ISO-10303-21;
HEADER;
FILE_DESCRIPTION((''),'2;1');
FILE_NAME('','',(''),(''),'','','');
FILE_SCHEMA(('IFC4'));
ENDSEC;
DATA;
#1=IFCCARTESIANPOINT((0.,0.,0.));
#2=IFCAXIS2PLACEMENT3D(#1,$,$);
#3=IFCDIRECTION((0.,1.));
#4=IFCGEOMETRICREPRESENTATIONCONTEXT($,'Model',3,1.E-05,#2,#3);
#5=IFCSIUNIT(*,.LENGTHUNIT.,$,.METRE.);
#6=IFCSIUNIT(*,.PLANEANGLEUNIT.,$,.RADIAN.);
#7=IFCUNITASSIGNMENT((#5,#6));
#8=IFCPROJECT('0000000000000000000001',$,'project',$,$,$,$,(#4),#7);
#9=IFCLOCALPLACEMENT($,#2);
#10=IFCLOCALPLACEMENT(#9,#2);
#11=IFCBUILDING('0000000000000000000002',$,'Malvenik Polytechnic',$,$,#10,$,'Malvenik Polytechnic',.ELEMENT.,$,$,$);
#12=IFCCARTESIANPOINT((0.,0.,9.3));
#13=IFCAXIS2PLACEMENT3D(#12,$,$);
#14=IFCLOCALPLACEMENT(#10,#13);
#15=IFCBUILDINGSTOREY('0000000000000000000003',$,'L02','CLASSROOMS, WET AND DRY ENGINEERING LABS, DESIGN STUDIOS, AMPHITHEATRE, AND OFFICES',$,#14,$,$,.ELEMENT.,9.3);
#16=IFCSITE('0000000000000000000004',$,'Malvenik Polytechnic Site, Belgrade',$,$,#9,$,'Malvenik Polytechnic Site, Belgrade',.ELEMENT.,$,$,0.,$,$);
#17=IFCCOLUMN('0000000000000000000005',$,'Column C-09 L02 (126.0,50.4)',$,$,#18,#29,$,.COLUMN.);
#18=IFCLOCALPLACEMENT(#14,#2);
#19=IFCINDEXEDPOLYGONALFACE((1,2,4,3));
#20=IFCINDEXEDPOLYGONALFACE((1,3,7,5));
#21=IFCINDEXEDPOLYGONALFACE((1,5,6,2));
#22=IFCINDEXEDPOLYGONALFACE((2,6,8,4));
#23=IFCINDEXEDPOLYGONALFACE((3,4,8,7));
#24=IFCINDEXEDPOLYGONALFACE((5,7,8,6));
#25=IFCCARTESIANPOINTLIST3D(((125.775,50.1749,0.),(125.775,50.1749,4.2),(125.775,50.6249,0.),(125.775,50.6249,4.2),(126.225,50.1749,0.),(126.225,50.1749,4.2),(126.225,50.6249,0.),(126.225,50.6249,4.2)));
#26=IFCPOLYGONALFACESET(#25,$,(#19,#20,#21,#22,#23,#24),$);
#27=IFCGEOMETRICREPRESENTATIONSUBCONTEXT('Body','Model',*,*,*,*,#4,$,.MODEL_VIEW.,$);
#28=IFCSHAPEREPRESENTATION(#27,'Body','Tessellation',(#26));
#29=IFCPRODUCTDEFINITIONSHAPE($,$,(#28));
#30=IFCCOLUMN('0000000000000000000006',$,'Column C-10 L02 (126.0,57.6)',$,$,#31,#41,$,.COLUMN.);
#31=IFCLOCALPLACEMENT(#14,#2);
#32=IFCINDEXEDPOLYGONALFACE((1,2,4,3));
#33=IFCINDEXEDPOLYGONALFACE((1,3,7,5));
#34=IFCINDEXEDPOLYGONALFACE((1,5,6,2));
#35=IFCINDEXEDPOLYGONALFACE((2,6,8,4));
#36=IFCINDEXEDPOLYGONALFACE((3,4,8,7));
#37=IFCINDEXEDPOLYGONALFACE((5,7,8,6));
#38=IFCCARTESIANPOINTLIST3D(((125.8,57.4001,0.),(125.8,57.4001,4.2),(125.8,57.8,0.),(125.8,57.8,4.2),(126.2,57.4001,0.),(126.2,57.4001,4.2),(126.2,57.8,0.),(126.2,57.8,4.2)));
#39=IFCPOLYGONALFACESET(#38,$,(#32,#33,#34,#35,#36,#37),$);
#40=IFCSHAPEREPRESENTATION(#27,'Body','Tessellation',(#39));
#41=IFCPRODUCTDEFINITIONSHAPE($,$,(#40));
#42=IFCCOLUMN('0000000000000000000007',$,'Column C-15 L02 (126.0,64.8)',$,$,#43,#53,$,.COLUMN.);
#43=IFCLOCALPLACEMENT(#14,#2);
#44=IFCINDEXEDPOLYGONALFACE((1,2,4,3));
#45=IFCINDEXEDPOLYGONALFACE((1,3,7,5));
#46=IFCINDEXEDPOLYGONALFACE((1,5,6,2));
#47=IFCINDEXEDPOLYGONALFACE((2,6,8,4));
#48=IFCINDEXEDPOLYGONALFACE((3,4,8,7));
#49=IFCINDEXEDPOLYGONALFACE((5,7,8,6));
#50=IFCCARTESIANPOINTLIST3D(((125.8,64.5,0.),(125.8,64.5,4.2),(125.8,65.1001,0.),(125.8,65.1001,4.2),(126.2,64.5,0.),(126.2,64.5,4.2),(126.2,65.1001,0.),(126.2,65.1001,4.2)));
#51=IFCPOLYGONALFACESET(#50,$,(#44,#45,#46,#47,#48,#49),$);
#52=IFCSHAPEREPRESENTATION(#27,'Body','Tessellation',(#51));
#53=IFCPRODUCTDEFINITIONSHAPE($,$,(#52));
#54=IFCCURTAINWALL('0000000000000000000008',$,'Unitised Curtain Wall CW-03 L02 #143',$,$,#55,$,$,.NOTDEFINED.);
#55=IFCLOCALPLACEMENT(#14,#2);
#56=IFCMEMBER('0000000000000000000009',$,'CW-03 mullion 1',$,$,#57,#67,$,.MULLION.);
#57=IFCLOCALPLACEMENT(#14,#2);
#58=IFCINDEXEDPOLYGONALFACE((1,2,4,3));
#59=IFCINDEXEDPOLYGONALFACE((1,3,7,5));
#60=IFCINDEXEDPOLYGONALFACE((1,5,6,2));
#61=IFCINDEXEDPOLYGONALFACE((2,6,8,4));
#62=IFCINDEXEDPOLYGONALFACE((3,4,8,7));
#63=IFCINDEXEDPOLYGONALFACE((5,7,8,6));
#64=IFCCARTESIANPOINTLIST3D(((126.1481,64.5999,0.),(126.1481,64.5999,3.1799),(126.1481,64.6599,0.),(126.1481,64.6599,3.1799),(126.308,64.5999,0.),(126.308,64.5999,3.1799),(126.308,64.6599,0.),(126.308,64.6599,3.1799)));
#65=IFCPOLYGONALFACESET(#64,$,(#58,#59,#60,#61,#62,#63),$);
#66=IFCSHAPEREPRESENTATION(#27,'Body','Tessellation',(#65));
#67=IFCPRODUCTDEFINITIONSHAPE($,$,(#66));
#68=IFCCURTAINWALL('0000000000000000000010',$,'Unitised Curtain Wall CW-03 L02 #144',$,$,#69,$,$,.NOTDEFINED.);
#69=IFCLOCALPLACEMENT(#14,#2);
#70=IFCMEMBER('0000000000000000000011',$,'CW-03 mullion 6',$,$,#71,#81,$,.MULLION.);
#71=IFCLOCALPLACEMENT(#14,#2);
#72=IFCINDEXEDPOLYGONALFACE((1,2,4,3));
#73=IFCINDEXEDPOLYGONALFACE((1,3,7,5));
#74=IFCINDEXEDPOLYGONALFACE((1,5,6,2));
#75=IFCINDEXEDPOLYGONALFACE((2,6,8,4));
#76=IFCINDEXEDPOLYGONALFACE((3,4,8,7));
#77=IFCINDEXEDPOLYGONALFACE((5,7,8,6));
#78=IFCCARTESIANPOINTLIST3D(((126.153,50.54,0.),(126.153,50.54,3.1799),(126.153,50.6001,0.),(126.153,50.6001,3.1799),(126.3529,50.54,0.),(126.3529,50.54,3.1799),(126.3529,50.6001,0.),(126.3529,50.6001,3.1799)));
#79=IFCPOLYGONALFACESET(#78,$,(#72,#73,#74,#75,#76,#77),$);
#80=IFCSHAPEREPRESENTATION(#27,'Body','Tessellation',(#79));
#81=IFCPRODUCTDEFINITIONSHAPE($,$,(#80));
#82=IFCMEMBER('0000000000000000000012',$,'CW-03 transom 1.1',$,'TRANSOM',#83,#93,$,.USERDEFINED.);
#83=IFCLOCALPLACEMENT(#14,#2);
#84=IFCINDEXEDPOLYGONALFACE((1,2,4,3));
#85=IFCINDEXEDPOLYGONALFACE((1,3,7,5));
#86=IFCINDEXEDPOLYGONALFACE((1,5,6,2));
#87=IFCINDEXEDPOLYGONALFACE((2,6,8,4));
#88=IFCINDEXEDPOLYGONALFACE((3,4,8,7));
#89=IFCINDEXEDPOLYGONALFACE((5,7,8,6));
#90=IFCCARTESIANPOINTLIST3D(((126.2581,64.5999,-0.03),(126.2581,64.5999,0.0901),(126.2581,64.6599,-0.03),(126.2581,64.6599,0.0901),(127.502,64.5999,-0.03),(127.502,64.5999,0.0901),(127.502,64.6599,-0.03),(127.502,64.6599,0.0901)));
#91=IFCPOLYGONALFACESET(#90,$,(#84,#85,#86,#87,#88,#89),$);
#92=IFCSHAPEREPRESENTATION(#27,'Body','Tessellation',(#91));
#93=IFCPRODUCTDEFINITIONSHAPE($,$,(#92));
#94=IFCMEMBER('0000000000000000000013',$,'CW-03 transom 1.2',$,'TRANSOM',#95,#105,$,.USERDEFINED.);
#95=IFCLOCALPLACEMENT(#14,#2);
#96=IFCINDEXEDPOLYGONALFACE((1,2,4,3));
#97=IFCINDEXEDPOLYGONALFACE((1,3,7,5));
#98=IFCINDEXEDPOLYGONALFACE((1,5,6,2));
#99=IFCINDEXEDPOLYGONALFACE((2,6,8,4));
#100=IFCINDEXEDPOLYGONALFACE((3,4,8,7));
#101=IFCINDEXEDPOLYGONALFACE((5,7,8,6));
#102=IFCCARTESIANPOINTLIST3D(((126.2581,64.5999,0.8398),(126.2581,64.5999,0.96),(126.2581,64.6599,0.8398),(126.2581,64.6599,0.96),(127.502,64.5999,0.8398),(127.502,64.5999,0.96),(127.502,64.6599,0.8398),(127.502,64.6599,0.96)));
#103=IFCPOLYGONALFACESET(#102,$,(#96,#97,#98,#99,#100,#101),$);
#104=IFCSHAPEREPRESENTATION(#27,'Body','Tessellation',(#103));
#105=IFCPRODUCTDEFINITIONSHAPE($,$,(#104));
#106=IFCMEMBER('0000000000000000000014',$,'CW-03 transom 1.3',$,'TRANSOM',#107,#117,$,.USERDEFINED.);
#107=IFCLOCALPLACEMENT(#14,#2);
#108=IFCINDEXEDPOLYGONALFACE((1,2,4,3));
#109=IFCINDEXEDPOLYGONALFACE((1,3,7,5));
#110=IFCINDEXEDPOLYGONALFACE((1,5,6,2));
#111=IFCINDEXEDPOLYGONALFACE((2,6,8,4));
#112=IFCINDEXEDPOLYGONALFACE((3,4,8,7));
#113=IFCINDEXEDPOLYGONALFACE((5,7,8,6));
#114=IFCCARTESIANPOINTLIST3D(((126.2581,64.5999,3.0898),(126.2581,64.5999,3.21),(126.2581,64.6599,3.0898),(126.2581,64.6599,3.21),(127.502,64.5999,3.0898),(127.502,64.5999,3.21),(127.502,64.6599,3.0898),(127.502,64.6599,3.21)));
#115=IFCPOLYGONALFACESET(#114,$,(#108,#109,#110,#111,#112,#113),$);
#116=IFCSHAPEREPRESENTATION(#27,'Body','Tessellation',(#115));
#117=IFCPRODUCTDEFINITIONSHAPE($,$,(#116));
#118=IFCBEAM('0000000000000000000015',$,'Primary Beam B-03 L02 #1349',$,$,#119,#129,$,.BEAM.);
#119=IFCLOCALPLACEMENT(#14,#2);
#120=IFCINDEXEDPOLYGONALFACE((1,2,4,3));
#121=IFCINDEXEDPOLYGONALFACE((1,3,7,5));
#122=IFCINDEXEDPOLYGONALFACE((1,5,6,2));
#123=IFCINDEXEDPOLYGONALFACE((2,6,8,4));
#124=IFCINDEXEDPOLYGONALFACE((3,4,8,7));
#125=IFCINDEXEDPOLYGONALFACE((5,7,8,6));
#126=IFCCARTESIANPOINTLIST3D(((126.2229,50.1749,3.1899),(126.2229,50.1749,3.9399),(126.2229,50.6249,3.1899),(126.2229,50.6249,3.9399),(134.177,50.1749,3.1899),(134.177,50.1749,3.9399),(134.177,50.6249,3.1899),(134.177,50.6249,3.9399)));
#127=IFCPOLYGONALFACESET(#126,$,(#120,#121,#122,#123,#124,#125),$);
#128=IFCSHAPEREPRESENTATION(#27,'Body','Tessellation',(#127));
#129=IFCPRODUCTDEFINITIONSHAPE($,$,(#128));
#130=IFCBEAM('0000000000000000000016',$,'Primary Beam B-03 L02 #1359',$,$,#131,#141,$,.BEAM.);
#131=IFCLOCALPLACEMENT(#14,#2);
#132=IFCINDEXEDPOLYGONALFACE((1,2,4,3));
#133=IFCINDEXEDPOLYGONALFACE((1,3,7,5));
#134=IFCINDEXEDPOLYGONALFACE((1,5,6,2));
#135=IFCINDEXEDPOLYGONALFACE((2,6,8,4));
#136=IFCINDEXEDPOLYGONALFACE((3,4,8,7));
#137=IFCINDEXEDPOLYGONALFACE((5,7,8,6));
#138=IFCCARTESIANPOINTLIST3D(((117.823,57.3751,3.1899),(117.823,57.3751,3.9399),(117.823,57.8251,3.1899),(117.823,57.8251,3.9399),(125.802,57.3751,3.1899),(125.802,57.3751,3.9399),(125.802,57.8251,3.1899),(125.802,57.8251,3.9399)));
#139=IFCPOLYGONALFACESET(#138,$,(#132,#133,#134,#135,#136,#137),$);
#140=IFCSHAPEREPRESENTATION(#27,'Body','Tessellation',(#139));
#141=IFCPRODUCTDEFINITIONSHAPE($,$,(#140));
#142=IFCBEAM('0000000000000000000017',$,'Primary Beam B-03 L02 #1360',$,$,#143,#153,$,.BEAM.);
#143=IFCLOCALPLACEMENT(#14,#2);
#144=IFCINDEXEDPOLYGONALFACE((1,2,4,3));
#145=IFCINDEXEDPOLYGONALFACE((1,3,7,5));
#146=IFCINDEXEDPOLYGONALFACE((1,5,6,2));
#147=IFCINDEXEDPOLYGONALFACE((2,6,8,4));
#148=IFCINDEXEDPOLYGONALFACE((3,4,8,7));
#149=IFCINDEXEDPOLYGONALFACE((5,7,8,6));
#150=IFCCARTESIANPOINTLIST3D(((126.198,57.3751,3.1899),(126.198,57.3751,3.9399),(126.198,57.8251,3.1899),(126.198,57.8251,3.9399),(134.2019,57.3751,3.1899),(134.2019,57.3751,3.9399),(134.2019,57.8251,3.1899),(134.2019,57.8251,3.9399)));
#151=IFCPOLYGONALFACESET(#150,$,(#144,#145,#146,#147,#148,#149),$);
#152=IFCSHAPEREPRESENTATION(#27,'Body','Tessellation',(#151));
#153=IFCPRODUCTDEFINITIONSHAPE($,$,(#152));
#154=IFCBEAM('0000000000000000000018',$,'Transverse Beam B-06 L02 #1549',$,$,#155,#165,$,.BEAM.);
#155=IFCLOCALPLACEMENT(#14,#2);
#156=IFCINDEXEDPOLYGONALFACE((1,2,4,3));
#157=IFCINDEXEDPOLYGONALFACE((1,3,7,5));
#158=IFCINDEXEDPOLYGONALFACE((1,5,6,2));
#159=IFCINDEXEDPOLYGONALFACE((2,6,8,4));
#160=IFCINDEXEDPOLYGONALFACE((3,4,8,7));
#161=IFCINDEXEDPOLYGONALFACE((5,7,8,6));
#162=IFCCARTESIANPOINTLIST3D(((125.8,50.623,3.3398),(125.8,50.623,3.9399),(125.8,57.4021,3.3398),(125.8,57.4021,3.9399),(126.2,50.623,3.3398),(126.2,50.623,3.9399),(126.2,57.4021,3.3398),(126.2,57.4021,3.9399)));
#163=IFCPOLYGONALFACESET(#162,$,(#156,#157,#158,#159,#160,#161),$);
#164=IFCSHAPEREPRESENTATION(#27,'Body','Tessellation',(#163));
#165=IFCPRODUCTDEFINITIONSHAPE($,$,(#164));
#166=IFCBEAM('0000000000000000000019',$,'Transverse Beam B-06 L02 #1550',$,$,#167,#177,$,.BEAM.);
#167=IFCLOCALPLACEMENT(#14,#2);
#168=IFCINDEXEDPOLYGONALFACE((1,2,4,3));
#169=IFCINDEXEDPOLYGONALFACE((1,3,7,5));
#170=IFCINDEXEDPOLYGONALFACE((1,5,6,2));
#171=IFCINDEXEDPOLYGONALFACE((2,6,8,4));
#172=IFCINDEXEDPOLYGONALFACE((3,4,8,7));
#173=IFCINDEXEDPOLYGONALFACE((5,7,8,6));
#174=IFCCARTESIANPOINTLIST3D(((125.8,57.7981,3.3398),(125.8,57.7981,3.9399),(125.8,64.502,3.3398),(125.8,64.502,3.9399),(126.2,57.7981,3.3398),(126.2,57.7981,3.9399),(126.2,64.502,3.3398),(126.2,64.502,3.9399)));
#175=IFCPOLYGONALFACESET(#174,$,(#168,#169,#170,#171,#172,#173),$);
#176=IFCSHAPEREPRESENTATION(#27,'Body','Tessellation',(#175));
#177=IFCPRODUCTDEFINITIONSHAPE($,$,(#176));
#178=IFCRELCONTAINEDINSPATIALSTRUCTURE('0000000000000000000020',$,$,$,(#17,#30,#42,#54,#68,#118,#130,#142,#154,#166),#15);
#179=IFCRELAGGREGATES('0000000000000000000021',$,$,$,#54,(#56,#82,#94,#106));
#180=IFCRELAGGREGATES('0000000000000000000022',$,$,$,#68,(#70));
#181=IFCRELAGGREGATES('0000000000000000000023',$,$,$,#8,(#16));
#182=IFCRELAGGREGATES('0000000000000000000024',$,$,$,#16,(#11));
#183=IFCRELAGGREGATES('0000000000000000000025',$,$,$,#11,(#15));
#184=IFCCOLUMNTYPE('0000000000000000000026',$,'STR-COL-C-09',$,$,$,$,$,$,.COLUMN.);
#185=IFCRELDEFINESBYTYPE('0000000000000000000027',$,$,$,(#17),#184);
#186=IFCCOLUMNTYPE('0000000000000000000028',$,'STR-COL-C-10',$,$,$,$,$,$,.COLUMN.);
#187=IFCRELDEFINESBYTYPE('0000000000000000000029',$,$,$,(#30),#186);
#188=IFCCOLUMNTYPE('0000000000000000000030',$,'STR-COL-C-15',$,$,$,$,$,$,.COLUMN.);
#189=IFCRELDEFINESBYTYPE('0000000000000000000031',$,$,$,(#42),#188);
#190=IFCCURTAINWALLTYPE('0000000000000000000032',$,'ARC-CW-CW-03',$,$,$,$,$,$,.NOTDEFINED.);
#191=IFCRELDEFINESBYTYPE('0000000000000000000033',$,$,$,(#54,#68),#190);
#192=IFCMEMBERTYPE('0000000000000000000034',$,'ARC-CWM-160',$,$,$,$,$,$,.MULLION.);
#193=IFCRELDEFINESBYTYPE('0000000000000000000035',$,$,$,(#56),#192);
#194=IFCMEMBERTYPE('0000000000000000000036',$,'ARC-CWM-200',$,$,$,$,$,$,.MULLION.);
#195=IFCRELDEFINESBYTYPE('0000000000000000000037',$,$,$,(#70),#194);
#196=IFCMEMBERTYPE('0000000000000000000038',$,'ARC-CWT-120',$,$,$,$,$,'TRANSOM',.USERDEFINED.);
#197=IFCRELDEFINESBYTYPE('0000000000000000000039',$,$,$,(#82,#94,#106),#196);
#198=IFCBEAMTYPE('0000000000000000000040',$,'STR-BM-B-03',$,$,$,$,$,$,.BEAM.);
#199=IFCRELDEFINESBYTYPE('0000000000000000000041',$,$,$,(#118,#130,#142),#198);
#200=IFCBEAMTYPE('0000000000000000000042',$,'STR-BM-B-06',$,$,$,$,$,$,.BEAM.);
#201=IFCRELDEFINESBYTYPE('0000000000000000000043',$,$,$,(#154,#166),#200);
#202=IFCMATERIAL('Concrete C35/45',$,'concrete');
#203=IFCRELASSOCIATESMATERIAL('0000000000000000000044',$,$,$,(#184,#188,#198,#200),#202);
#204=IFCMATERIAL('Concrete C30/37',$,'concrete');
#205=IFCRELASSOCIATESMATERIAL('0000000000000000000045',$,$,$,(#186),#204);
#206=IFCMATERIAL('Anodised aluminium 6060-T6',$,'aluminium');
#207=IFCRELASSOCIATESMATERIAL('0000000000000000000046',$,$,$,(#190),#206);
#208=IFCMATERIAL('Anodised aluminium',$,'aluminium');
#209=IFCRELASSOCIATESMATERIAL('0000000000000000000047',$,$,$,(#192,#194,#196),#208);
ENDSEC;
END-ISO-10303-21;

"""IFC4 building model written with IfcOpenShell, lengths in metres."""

from ifc_helpers import new_model, si_unit, direction, frame, origin, origin_2d, place, context, subcontext, project, spatial, rectangle, extrude, material, material_profile, profile_set, type_object, element, aggregate, save


model = new_model("IFC4")

# Units and contexts
model_context = context("Model", 3, precision=1e-05, world=origin(), true_north=direction((0.0, 1.0)))
body_context = subcontext(model_context, "Body", "Model", "MODEL_VIEW")
ifc_project = project(units=[si_unit("LENGTHUNIT", "METRE"), si_unit("PLANEANGLEUNIT", "RADIAN")], contexts=[model_context])

# Site, building, storey
site_placement = place(None, origin())
site = spatial("IfcSite", under=ifc_project, at=site_placement, Name="Malvenik Polytechnic Site, Belgrade", LongName="Malvenik Polytechnic Site, Belgrade", CompositionType="ELEMENT", RefElevation=0.0)
building_placement = place(site_placement, origin())
building = spatial("IfcBuilding", under=site, at=building_placement, Name="Malvenik Polytechnic", LongName="Malvenik Polytechnic", CompositionType="ELEMENT")
storey_placement = place(building_placement, frame((0.0, 0.0, 9.3)))
storey = spatial("IfcBuildingStorey", under=building, at=storey_placement, Name="L02", Description="CLASSROOMS, WET AND DRY ENGINEERING LABS, DESIGN STUDIOS, AMPHITHEATRE, AND OFFICES", CompositionType="ELEMENT", Elevation=9.3)

# Columns
ifc_material_1 = material(Name="Concrete C35/45", Category="concrete")
ifc_material_profile_1 = material_profile(ifc_material_1, rectangle(XDim=0.45, YDim=0.45, at=origin_2d()), Name="RC COL 450x450")
ifc_profile_set_1 = profile_set([ifc_material_profile_1], Name="Concrete C35/45")
column_type_1 = type_object("IfcColumnType", Name="STR-COL-C-09", PredefinedType="COLUMN", material=ifc_profile_set_1)
column_1_placement = place(storey_placement, frame((126.0, 50.3999, 0.0), z_axis=(0.0, 0.0, 1.0), x_axis=(1.0, 0.0, 0.0)))
element("IfcColumn", 1, at=column_1_placement, inside=storey, type_object=column_type_1, Name="Column C-09 L02 (126.0,50.4)", PredefinedType="COLUMN", context=body_context, shape_type="SweptSolid", body=[
    extrude(rectangle(XDim=0.45, YDim=0.45, at=origin_2d()), origin(), (0.0, 0.0, 1.0), 4.2),
])
ifc_material_2 = material(Name="Concrete C30/37", Category="concrete")
ifc_material_profile_2 = material_profile(ifc_material_2, rectangle(XDim=0.3999, YDim=0.3999, at=origin_2d()), Name="RC COL 400x400")
ifc_profile_set_2 = profile_set([ifc_material_profile_2], Name="Concrete C30/37")
column_type_2 = type_object("IfcColumnType", Name="STR-COL-C-10", PredefinedType="COLUMN", material=ifc_profile_set_2)
column_2_placement = place(storey_placement, frame((126.0, 57.6001, 0.0), z_axis=(0.0, 0.0, 1.0), x_axis=(1.0, 0.0, 0.0)))
element("IfcColumn", 2, at=column_2_placement, inside=storey, type_object=column_type_2, Name="Column C-10 L02 (126.0,57.6)", PredefinedType="COLUMN", context=body_context, shape_type="SweptSolid", body=[
    extrude(rectangle(XDim=0.3999, YDim=0.3999, at=origin_2d()), origin(), (0.0, 0.0, 1.0), 4.2),
])
ifc_material_profile_3 = material_profile(ifc_material_1, rectangle(XDim=0.3999, YDim=0.6001, at=origin_2d()), Name="RC COL 600x400")
ifc_profile_set_3 = profile_set([ifc_material_profile_3], Name="Concrete C35/45")
column_type_3 = type_object("IfcColumnType", Name="STR-COL-C-15", PredefinedType="COLUMN", material=ifc_profile_set_3)
column_3_placement = place(storey_placement, frame((126.0, 64.8, 0.0), z_axis=(0.0, 0.0, 1.0), x_axis=(1.0, 0.0, 0.0)))
element("IfcColumn", 3, at=column_3_placement, inside=storey, type_object=column_type_3, Name="Column C-15 L02 (126.0,64.8)", PredefinedType="COLUMN", context=body_context, shape_type="SweptSolid", body=[
    extrude(rectangle(XDim=0.3999, YDim=0.6001, at=origin_2d()), origin(), (0.0, 0.0, 1.0), 4.2),
])

# Curtain walls, members
ifc_material_3 = material(Name="Anodised aluminium 6060-T6", Category="aluminium")
curtain_wall_type = type_object("IfcCurtainWallType", Name="ARC-CW-CW-03", PredefinedType="NOTDEFINED", material=ifc_material_3)
curtain_wall_1_placement = place(storey_placement, origin())
curtain_wall_1 = element("IfcCurtainWall", 4, at=curtain_wall_1_placement, inside=storey, type_object=curtain_wall_type, Name="Unitised Curtain Wall CW-03 L02 #143", PredefinedType="NOTDEFINED")
ifc_material_4 = material(Name="Anodised aluminium", Category="aluminium")
ifc_material_profile_4 = material_profile(ifc_material_4, rectangle(XDim=0.0601, YDim=0.1599, at=origin_2d()), Name="ALU MULLION 60x160")
ifc_profile_set_4 = profile_set([ifc_material_profile_4], Name="Anodised aluminium")
member_type_1 = type_object("IfcMemberType", Name="ARC-CWM-160", PredefinedType="MULLION", material=ifc_profile_set_4)
member_1_placement = place(storey_placement, frame((126.228, 64.6299, 0.0), z_axis=(0.0, 0.0, 1.0), x_axis=(0.0, 1.0, 0.0)))
member_1 = element("IfcMember", 5, at=member_1_placement, type_object=member_type_1, Name="CW-03 mullion 1", PredefinedType="MULLION", context=body_context, shape_type="SweptSolid", body=[
    extrude(rectangle(XDim=0.0601, YDim=0.1599, at=origin_2d()), origin(), (0.0, 0.0, 1.0), 3.1799),
])
curtain_wall_2_placement = place(storey_placement, origin())
curtain_wall_2 = element("IfcCurtainWall", 6, at=curtain_wall_2_placement, inside=storey, type_object=curtain_wall_type, Name="Unitised Curtain Wall CW-03 L02 #144", PredefinedType="NOTDEFINED")
ifc_material_profile_5 = material_profile(ifc_material_4, rectangle(XDim=0.0601, YDim=0.2, at=origin_2d()), Name="ALU MULLION 60x200")
ifc_profile_set_5 = profile_set([ifc_material_profile_5], Name="Anodised aluminium")
member_type_2 = type_object("IfcMemberType", Name="ARC-CWM-200", PredefinedType="MULLION", material=ifc_profile_set_5)
member_2_placement = place(storey_placement, frame((126.2529, 50.5701, 0.0), z_axis=(0.0, 0.0, 1.0), x_axis=(0.0, -1.0, 0.0)))
member_2 = element("IfcMember", 7, at=member_2_placement, type_object=member_type_2, Name="CW-03 mullion 6", PredefinedType="MULLION", context=body_context, shape_type="SweptSolid", body=[
    extrude(rectangle(XDim=0.0601, YDim=0.2, at=origin_2d()), origin(), (0.0, 0.0, 1.0), 3.1799),
])

# Members
ifc_material_profile_6 = material_profile(ifc_material_4, rectangle(XDim=0.0601, YDim=0.1201, at=origin_2d()), Name="ALU TRANSOM 60x120")
ifc_profile_set_6 = profile_set([ifc_material_profile_6], Name="Anodised aluminium")
member_type_3 = type_object("IfcMemberType", Name="ARC-CWT-120", ElementType="TRANSOM", PredefinedType="USERDEFINED", material=ifc_profile_set_6)
member_3_placement = place(storey_placement, frame((126.2581, 64.6299, 0.03), z_axis=(1.0, 0.0, 0.0), x_axis=(0.0, 1.0, 0.0)))
member_3 = element("IfcMember", 8, at=member_3_placement, type_object=member_type_3, Name="CW-03 transom 1.1", ObjectType="TRANSOM", PredefinedType="USERDEFINED", context=body_context, shape_type="SweptSolid", body=[
    extrude(rectangle(XDim=0.0601, YDim=0.1201, at=origin_2d()), origin(), (0.0, 0.0, 1.0), 1.2439),
])
member_4_placement = place(storey_placement, frame((126.2581, 64.6299, 0.8999), z_axis=(1.0, 0.0, 0.0), x_axis=(0.0, 1.0, 0.0)))
member_4 = element("IfcMember", 9, at=member_4_placement, type_object=member_type_3, Name="CW-03 transom 1.2", ObjectType="TRANSOM", PredefinedType="USERDEFINED", context=body_context, shape_type="SweptSolid", body=[
    extrude(rectangle(XDim=0.0601, YDim=0.1201, at=origin_2d()), origin(), (0.0, 0.0, 1.0), 1.2439),
])
member_5_placement = place(storey_placement, frame((126.2581, 64.6299, 3.1499), z_axis=(1.0, 0.0, 0.0), x_axis=(0.0, 1.0, 0.0)))
member_5 = element("IfcMember", 10, at=member_5_placement, type_object=member_type_3, Name="CW-03 transom 1.3", ObjectType="TRANSOM", PredefinedType="USERDEFINED", context=body_context, shape_type="SweptSolid", body=[
    extrude(rectangle(XDim=0.0601, YDim=0.1201, at=origin_2d()), origin(), (0.0, 0.0, 1.0), 1.2439),
])

# Beams
ifc_material_profile_7 = material_profile(ifc_material_1, rectangle(XDim=0.45, YDim=0.75, at=origin_2d()), Name="RC BM 450x750")
ifc_profile_set_7 = profile_set([ifc_material_profile_7], Name="Concrete C35/45")
beam_type_1 = type_object("IfcBeamType", Name="STR-BM-B-03", PredefinedType="BEAM", material=ifc_profile_set_7)
beam_1_placement = place(storey_placement, frame((126.2229, 50.3999, 3.5649), z_axis=(1.0, 0.0, 0.0), x_axis=(0.0, 1.0, 0.0)))
element("IfcBeam", 11, at=beam_1_placement, inside=storey, type_object=beam_type_1, Name="Primary Beam B-03 L02 #1349", PredefinedType="BEAM", context=body_context, shape_type="SweptSolid", body=[
    extrude(rectangle(XDim=0.45, YDim=0.75, at=origin_2d()), origin(), (0.0, 0.0, 1.0), 7.9541),
])
beam_2_placement = place(storey_placement, frame((117.823, 57.6001, 3.5649), z_axis=(1.0, 0.0, 0.0), x_axis=(0.0, 1.0, 0.0)))
element("IfcBeam", 12, at=beam_2_placement, inside=storey, type_object=beam_type_1, Name="Primary Beam B-03 L02 #1359", PredefinedType="BEAM", context=body_context, shape_type="SweptSolid", body=[
    extrude(rectangle(XDim=0.45, YDim=0.75, at=origin_2d()), origin(), (0.0, 0.0, 1.0), 7.979),
])
beam_3_placement = place(storey_placement, frame((126.198, 57.6001, 3.5649), z_axis=(1.0, 0.0, 0.0), x_axis=(0.0, 1.0, 0.0)))
element("IfcBeam", 13, at=beam_3_placement, inside=storey, type_object=beam_type_1, Name="Primary Beam B-03 L02 #1360", PredefinedType="BEAM", context=body_context, shape_type="SweptSolid", body=[
    extrude(rectangle(XDim=0.45, YDim=0.75, at=origin_2d()), origin(), (0.0, 0.0, 1.0), 8.0039),
])
ifc_material_profile_8 = material_profile(ifc_material_1, rectangle(XDim=0.3999, YDim=0.6001, at=origin_2d()), Name="RC BM 400x600")
ifc_profile_set_8 = profile_set([ifc_material_profile_8], Name="Concrete C35/45")
beam_type_2 = type_object("IfcBeamType", Name="STR-BM-B-06", PredefinedType="BEAM", material=ifc_profile_set_8)
beam_4_placement = place(storey_placement, frame((126.0, 50.623, 3.6399), z_axis=(0.0, 1.0, 0.0), x_axis=(-1.0, 0.0, 0.0)))
element("IfcBeam", 14, at=beam_4_placement, inside=storey, type_object=beam_type_2, Name="Transverse Beam B-06 L02 #1549", PredefinedType="BEAM", context=body_context, shape_type="SweptSolid", body=[
    extrude(rectangle(XDim=0.3999, YDim=0.6001, at=origin_2d()), origin(), (0.0, 0.0, 1.0), 6.7791),
])
beam_5_placement = place(storey_placement, frame((126.0, 57.7981, 3.6399), z_axis=(0.0, 1.0, 0.0), x_axis=(-1.0, 0.0, 0.0)))
element("IfcBeam", 15, at=beam_5_placement, inside=storey, type_object=beam_type_2, Name="Transverse Beam B-06 L02 #1550", PredefinedType="BEAM", context=body_context, shape_type="SweptSolid", body=[
    extrude(rectangle(XDim=0.3999, YDim=0.6001, at=origin_2d()), origin(), (0.0, 0.0, 1.0), 6.7039),
])

aggregate(curtain_wall_1, [member_1, member_3, member_4, member_5])
aggregate(curtain_wall_2, [member_2])

save(model, "model.ifc")
